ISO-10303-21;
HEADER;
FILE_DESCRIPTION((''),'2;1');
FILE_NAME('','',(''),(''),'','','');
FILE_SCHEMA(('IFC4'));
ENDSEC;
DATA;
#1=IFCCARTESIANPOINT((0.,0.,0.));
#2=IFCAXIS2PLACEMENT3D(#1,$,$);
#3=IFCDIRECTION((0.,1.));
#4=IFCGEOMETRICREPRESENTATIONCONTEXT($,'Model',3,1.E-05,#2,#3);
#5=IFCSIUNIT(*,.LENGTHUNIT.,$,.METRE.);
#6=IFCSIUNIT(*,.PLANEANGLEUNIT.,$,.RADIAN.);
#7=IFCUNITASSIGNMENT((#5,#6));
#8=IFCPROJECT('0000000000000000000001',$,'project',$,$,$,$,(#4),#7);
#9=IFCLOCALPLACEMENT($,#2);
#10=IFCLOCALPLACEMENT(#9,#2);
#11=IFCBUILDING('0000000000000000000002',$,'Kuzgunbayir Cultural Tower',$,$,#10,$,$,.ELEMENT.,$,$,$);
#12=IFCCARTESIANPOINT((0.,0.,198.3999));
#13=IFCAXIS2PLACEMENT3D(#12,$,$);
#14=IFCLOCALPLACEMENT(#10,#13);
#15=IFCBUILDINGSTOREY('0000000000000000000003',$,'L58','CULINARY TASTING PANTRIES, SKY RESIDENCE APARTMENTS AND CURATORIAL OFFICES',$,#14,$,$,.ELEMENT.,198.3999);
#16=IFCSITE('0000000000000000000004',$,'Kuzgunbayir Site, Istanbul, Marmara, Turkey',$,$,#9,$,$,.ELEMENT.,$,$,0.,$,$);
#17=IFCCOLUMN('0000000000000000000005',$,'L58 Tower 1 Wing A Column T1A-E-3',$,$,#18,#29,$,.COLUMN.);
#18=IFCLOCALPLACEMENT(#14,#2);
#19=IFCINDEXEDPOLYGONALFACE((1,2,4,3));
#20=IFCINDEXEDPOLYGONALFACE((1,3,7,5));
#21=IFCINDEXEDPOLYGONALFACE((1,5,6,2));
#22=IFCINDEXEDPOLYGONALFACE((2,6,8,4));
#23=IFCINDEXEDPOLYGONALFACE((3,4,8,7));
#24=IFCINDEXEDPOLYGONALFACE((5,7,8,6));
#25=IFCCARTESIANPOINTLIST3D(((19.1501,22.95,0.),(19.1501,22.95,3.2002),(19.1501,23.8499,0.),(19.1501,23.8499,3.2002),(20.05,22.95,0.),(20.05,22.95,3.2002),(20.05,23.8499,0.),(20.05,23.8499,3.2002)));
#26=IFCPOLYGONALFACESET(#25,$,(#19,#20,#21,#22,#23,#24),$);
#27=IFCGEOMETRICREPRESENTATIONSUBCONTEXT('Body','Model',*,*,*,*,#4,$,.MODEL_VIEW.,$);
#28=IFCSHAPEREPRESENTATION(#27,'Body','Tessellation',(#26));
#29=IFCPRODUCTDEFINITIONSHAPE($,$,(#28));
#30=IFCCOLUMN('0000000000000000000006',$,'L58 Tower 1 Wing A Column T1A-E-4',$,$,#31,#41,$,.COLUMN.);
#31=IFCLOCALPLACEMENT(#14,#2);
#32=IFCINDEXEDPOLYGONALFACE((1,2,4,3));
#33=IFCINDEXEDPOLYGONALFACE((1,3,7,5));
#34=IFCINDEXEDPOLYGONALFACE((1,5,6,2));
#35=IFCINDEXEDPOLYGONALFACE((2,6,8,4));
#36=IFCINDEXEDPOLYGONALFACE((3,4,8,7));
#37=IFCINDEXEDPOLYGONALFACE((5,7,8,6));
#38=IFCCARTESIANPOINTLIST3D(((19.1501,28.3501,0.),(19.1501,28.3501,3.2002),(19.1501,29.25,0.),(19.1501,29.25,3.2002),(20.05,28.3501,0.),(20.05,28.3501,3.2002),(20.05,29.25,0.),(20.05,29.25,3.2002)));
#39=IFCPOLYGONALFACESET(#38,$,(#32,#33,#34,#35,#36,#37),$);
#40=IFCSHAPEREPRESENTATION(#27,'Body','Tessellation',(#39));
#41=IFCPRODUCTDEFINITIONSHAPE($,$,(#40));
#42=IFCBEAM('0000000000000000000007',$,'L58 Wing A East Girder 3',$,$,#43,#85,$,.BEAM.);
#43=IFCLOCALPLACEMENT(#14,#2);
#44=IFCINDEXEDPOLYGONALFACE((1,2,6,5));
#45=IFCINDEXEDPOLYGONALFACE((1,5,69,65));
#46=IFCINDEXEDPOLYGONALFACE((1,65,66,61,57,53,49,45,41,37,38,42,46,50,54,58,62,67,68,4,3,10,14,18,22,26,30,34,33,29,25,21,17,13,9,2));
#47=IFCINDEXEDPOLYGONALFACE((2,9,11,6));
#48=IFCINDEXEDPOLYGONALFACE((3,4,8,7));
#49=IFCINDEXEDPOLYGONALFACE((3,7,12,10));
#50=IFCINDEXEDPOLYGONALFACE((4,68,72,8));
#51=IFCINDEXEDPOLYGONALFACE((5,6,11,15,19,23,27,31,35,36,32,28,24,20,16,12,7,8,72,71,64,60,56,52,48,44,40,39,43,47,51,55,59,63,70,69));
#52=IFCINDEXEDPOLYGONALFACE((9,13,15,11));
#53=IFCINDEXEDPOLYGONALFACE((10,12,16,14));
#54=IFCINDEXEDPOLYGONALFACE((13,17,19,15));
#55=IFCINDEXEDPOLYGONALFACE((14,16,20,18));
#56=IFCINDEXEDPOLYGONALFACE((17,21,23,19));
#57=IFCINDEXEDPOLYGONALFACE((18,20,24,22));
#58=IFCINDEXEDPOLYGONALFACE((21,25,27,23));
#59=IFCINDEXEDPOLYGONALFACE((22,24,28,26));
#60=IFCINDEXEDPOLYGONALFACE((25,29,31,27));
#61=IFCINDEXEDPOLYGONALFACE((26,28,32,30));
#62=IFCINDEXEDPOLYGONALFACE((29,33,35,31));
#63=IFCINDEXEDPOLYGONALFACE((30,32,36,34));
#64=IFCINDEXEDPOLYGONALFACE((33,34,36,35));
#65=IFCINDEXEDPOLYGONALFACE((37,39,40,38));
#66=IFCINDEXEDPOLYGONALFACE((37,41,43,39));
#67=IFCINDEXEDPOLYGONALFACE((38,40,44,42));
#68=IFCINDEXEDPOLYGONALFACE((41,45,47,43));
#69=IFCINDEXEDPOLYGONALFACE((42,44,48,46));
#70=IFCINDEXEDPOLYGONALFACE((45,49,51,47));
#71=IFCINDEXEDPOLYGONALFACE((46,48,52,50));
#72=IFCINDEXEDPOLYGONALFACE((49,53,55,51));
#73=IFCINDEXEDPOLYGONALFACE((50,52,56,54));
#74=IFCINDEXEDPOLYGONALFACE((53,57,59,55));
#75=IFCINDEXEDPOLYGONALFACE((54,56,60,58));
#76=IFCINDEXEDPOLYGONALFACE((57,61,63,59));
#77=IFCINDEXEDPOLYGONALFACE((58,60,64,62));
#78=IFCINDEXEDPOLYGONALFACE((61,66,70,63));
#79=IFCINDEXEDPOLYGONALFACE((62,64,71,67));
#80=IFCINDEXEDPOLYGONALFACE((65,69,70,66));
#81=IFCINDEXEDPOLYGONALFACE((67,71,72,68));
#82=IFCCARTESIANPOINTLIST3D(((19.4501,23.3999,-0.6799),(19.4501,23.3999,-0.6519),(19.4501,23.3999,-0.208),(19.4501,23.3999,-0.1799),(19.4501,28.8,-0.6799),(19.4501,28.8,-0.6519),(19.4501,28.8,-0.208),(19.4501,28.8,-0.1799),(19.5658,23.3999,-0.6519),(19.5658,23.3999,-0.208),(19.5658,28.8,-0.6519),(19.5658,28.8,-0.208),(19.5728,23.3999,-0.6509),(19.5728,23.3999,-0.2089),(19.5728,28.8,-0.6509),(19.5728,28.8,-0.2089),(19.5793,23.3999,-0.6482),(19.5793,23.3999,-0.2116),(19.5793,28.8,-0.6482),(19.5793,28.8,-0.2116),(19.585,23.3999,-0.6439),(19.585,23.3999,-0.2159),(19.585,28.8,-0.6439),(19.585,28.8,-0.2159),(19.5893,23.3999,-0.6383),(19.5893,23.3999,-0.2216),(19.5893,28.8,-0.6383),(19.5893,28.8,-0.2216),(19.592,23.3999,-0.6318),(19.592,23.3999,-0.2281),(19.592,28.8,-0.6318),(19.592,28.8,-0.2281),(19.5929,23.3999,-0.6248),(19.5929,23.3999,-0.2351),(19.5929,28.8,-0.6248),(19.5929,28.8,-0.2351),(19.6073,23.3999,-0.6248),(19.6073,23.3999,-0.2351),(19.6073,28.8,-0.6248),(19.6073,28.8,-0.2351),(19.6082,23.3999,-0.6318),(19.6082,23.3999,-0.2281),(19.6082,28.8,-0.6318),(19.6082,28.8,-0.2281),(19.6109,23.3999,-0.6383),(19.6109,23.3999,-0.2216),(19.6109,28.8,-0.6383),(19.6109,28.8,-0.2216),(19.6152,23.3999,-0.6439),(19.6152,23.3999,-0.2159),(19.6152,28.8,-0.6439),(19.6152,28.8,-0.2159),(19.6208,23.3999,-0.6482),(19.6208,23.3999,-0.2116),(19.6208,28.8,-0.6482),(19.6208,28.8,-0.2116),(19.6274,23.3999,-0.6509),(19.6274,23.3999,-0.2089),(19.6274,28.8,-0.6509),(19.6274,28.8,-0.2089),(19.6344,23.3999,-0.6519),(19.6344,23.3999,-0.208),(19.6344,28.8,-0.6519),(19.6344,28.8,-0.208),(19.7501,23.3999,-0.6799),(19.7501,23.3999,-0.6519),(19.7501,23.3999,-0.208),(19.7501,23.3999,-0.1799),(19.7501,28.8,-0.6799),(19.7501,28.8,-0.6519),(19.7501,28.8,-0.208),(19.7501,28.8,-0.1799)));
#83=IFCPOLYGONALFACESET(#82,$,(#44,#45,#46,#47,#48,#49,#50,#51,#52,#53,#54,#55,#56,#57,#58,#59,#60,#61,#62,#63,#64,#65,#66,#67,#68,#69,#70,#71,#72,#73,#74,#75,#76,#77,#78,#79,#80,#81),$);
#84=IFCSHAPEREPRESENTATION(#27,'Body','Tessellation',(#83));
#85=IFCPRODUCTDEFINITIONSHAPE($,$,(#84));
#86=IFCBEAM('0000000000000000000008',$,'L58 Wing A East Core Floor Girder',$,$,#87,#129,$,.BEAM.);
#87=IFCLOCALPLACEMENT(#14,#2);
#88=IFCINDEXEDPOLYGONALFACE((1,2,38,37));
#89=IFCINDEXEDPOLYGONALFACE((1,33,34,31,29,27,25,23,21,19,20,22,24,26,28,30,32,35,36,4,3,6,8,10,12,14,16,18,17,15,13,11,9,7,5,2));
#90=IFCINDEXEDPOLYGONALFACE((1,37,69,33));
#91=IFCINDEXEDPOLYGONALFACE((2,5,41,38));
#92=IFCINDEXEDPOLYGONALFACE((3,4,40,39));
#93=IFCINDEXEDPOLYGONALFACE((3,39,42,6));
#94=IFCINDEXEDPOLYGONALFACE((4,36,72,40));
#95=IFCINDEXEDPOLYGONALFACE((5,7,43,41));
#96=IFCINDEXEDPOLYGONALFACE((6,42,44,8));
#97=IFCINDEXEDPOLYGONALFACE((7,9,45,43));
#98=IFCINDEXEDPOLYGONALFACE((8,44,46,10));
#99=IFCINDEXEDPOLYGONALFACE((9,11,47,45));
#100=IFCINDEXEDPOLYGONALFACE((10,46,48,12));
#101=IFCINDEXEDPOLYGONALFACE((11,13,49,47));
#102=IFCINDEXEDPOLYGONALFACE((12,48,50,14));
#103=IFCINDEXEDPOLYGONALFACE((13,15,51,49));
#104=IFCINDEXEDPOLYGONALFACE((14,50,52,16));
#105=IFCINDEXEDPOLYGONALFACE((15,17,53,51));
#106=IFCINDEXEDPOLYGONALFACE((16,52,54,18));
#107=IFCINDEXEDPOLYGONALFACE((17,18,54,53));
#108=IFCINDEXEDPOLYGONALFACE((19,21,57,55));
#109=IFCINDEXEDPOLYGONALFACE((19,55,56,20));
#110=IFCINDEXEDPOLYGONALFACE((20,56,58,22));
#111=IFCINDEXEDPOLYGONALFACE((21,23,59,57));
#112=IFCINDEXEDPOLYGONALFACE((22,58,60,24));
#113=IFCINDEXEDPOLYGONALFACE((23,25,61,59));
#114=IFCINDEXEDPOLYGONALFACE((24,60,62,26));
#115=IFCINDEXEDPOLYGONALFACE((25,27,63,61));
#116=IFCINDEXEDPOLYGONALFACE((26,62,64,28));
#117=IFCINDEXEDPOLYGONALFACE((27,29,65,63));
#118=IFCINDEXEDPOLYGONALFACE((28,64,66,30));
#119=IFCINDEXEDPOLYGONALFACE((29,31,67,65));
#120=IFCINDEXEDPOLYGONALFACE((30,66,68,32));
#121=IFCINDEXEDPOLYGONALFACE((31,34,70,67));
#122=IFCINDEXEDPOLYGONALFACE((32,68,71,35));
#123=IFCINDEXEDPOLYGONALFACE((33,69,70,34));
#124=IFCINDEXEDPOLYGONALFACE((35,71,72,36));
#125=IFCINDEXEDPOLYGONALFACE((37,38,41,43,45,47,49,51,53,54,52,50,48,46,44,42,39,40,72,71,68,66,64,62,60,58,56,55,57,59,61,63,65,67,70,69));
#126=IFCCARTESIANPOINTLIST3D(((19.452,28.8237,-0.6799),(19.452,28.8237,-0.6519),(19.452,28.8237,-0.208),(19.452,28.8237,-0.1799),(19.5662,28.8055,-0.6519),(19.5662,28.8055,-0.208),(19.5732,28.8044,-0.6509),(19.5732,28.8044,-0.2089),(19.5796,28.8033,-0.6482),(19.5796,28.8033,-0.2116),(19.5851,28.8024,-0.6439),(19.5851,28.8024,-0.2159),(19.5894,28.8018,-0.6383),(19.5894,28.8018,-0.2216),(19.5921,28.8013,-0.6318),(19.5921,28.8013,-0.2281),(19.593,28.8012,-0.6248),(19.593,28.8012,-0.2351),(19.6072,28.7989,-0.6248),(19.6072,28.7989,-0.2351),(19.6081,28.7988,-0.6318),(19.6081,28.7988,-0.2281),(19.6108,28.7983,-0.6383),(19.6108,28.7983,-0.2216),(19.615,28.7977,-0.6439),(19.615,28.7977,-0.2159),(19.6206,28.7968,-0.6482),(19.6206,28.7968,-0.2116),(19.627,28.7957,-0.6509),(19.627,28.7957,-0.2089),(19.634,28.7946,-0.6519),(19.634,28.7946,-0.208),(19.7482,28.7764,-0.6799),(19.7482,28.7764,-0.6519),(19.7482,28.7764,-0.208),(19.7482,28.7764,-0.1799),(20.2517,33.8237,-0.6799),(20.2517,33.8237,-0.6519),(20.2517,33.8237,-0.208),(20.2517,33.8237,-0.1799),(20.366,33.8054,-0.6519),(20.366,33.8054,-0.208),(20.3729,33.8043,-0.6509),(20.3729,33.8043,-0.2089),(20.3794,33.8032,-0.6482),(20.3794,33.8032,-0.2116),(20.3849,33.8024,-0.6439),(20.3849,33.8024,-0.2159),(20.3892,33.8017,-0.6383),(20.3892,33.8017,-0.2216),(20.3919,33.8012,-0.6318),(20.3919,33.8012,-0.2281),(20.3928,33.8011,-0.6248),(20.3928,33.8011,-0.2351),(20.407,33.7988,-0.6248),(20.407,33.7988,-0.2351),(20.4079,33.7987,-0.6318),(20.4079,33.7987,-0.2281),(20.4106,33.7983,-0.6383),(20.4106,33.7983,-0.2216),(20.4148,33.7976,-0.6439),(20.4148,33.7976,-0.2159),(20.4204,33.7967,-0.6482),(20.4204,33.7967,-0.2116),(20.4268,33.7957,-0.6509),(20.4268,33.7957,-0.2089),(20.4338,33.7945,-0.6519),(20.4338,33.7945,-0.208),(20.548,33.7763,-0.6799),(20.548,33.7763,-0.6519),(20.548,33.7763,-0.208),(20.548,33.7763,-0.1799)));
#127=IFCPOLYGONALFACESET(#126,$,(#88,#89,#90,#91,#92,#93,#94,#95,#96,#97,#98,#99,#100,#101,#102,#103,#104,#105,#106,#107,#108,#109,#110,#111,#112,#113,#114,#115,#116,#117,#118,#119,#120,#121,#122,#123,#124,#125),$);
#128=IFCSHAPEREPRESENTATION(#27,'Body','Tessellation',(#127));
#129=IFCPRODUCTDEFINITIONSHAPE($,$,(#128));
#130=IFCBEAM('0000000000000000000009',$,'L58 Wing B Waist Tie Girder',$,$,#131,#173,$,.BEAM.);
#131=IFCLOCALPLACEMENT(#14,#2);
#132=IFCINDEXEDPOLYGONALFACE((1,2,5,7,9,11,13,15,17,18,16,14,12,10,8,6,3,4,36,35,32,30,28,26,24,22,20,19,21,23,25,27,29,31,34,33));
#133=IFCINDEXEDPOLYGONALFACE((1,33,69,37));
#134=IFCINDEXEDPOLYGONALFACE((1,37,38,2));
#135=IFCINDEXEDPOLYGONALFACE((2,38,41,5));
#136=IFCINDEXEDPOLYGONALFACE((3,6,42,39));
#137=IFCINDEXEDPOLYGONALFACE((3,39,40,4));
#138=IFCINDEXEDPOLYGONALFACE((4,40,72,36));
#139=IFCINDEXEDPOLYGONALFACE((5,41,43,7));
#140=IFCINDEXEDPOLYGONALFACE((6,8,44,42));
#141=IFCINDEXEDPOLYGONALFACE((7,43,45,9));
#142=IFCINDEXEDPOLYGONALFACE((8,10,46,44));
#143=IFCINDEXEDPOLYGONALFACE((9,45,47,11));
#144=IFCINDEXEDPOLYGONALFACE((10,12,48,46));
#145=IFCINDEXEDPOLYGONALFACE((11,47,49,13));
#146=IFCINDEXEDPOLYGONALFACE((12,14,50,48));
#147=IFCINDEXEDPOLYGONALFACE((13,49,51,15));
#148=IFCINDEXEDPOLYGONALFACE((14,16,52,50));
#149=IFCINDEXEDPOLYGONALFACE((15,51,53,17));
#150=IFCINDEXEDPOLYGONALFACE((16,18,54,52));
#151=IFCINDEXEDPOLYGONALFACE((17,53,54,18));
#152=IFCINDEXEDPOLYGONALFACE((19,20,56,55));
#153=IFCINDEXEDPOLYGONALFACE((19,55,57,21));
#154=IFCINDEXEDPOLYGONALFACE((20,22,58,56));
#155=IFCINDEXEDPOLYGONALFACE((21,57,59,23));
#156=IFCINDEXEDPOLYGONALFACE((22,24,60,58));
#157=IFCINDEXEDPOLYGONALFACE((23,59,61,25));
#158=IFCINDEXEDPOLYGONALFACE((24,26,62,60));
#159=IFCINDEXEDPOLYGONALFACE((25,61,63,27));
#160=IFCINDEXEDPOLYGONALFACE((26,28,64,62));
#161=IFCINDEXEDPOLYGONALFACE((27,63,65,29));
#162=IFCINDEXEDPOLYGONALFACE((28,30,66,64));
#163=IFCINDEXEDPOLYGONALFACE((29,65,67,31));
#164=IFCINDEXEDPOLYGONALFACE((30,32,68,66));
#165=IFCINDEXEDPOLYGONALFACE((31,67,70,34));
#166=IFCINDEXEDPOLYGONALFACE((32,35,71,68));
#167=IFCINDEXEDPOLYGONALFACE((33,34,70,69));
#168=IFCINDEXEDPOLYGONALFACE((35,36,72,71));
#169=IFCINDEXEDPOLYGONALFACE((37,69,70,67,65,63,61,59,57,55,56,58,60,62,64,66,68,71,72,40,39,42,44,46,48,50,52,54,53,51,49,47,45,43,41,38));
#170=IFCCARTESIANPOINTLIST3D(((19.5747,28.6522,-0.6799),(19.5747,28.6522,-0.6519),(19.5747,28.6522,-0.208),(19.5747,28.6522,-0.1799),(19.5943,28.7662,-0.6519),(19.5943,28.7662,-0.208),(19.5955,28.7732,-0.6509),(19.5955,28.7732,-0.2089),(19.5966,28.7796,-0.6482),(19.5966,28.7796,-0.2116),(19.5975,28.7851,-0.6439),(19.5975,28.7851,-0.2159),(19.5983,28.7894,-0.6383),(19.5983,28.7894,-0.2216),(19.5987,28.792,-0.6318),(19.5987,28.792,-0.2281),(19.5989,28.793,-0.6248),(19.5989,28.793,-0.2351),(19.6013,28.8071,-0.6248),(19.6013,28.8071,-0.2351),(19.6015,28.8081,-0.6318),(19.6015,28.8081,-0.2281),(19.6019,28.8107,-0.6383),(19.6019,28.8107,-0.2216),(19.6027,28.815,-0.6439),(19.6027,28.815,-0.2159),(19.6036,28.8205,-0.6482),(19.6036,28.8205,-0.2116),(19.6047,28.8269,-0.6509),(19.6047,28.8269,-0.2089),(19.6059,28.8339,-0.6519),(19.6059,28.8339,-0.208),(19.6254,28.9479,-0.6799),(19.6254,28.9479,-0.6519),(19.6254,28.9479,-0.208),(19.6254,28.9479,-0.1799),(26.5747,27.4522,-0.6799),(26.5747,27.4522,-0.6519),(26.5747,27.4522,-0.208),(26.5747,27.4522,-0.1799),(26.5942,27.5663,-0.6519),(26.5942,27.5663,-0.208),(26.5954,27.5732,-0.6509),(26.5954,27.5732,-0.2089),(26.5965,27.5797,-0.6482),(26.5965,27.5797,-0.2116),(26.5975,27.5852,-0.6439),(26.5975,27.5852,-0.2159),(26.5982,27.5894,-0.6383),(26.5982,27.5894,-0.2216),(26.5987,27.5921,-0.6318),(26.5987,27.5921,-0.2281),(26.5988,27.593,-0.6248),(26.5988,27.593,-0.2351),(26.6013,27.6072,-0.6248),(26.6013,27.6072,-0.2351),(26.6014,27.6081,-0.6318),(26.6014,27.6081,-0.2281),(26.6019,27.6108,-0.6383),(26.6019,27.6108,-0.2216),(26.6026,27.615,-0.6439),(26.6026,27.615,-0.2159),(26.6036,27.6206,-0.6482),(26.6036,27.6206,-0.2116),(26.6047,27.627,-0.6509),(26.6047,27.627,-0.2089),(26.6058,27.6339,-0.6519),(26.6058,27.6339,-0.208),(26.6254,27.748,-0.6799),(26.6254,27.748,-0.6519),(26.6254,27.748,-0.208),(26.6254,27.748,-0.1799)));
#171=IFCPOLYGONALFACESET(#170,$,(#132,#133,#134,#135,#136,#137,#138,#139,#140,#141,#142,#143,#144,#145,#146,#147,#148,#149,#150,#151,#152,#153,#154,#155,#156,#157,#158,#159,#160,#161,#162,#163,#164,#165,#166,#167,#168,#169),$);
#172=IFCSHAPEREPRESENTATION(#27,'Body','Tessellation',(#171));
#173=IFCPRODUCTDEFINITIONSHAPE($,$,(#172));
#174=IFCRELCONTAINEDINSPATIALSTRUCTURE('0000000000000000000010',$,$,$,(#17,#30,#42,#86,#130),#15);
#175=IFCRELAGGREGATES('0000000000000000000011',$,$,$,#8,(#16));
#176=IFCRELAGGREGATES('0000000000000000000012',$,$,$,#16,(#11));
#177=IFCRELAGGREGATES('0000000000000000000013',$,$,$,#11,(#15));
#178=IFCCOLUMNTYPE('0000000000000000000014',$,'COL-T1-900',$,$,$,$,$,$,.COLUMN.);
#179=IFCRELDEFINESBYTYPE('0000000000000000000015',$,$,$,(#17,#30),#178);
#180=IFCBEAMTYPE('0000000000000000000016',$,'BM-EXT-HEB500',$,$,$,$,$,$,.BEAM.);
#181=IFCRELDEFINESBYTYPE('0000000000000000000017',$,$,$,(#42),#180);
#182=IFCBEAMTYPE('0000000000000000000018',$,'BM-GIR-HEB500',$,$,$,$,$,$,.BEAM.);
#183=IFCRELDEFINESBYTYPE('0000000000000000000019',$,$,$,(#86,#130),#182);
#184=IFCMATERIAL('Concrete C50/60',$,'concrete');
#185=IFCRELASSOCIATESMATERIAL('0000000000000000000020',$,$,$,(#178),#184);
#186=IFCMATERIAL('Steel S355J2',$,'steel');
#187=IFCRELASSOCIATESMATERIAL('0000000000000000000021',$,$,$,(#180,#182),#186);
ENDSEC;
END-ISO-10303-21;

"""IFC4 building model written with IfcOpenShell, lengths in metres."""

from ifc_helpers import new_model, si_unit, direction, frame, origin, origin_2d, place, context, subcontext, project, spatial, rectangle, i_section, extrude, material, material_profile, profile_set, type_object, element, save


model = new_model("IFC4")

# Units and contexts
model_context = context("Model", 3, precision=1e-05, world=origin(), true_north=direction((0.0, 1.0)))
body_context = subcontext(model_context, "Body", "Model", "MODEL_VIEW")
ifc_project = project(units=[si_unit("LENGTHUNIT", "METRE"), si_unit("PLANEANGLEUNIT", "RADIAN")], contexts=[model_context])

# Site, building, storey
site_placement = place(None, origin())
site = spatial("IfcSite", under=ifc_project, at=site_placement, Name="Kuzgunbayir Site, Istanbul, Marmara, Turkey", CompositionType="ELEMENT", RefElevation=0.0)
building_placement = place(site_placement, origin())
building = spatial("IfcBuilding", under=site, at=building_placement, Name="Kuzgunbayir Cultural Tower", CompositionType="ELEMENT")
storey_placement = place(building_placement, frame((0.0, 0.0, 198.3999)))
storey = spatial("IfcBuildingStorey", under=building, at=storey_placement, Name="L58", Description="CULINARY TASTING PANTRIES, SKY RESIDENCE APARTMENTS AND CURATORIAL OFFICES", CompositionType="ELEMENT", Elevation=198.3999)

# Columns
ifc_material_1 = material(Name="Concrete C50/60", Category="concrete")
ifc_material_profile_1 = material_profile(ifc_material_1, rectangle(XDim=0.8999, YDim=0.8999, at=origin_2d()), Name="RC 900x900")
ifc_profile_set_1 = profile_set([ifc_material_profile_1], Name="Concrete C50/60")
column_type = type_object("IfcColumnType", Name="COL-T1-900", PredefinedType="COLUMN", material=ifc_profile_set_1)
for number, where, z_axis, x_axis, name in (
    (1, (19.6001, 23.3999, 0.0), (0.0, 0.0, 1.0), (1.0, 0.0, 0.0), "L58 Tower 1 Wing A Column T1A-E-3"),
    (2, (19.6001, 28.8, 0.0), (0.0, 0.0, 1.0), (1.0, 0.0, 0.0), "L58 Tower 1 Wing A Column T1A-E-4"),
):
    element("IfcColumn", number, at=place(storey_placement, frame(where, z_axis=z_axis, x_axis=x_axis)), inside=storey, type_object=column_type, Name=name, PredefinedType="COLUMN", context=body_context, shape_type="SweptSolid", body=[
        extrude(rectangle(XDim=0.8999, YDim=0.8999, at=origin_2d()), origin(), (0.0, 0.0, 1.0), 3.2002),
    ])

# Beams
ifc_material_2 = material(Name="Steel S355J2", Category="steel")
ifc_material_profile_2 = material_profile(ifc_material_2, i_section(OverallWidth=0.3, OverallDepth=0.5, WebThickness=0.0144, FlangeThickness=0.0281, FilletRadius=0.0271, at=origin_2d()), Name="HEB 500")
ifc_profile_set_2 = profile_set([ifc_material_profile_2], Name="Steel S355J2")
beam_type_1 = type_object("IfcBeamType", Name="BM-EXT-HEB500", PredefinedType="BEAM", material=ifc_profile_set_2)
beam_1_placement = place(storey_placement, frame((19.6001, 23.3999, -0.4299), z_axis=(0.0, 1.0, 0.0), x_axis=(-1.0, 0.0, 0.0)))
element("IfcBeam", 3, at=beam_1_placement, inside=storey, type_object=beam_type_1, Name="L58 Wing A East Girder 3", PredefinedType="BEAM", context=body_context, shape_type="SweptSolid", body=[
    extrude(i_section(OverallWidth=0.3, OverallDepth=0.5, WebThickness=0.0144, FlangeThickness=0.0281, FilletRadius=0.0271, at=origin_2d()), origin(), (0.0, 0.0, 1.0), 5.4001),
])
ifc_material_profile_3 = material_profile(ifc_material_2, i_section(OverallWidth=0.3, OverallDepth=0.5, WebThickness=0.0144, FlangeThickness=0.0281, FilletRadius=0.0271, at=origin_2d()), Name="HEB 500")
ifc_profile_set_3 = profile_set([ifc_material_profile_3], Name="Steel S355J2")
beam_type_2 = type_object("IfcBeamType", Name="BM-GIR-HEB500", PredefinedType="BEAM", material=ifc_profile_set_3)
beam_2_placement = place(storey_placement, frame((19.6001, 28.8, -0.4299), z_axis=(0.157953, 0.987447, 0.0), x_axis=(-0.987447, 0.157953, 0.0)))
element("IfcBeam", 4, at=beam_2_placement, inside=storey, type_object=beam_type_2, Name="L58 Wing A East Core Floor Girder", PredefinedType="BEAM", context=body_context, shape_type="SweptSolid", body=[
    extrude(i_section(OverallWidth=0.3, OverallDepth=0.5, WebThickness=0.0144, FlangeThickness=0.0281, FilletRadius=0.0271, at=origin_2d()), origin(), (0.0, 0.0, 1.0), 5.0635),
])
beam_3_placement = place(storey_placement, frame((19.6001, 28.8, -0.4299), z_axis=(0.985623, -0.168957, 0.0), x_axis=(0.168957, 0.985623, 0.0)))
element("IfcBeam", 5, at=beam_3_placement, inside=storey, type_object=beam_type_2, Name="L58 Wing B Waist Tie Girder", PredefinedType="BEAM", context=body_context, shape_type="SweptSolid", body=[
    extrude(i_section(OverallWidth=0.3, OverallDepth=0.5, WebThickness=0.0144, FlangeThickness=0.0281, FilletRadius=0.0271, at=origin_2d()), origin(), (0.0, 0.0, 1.0), 7.1021),
])

save(model, "model.ifc")
